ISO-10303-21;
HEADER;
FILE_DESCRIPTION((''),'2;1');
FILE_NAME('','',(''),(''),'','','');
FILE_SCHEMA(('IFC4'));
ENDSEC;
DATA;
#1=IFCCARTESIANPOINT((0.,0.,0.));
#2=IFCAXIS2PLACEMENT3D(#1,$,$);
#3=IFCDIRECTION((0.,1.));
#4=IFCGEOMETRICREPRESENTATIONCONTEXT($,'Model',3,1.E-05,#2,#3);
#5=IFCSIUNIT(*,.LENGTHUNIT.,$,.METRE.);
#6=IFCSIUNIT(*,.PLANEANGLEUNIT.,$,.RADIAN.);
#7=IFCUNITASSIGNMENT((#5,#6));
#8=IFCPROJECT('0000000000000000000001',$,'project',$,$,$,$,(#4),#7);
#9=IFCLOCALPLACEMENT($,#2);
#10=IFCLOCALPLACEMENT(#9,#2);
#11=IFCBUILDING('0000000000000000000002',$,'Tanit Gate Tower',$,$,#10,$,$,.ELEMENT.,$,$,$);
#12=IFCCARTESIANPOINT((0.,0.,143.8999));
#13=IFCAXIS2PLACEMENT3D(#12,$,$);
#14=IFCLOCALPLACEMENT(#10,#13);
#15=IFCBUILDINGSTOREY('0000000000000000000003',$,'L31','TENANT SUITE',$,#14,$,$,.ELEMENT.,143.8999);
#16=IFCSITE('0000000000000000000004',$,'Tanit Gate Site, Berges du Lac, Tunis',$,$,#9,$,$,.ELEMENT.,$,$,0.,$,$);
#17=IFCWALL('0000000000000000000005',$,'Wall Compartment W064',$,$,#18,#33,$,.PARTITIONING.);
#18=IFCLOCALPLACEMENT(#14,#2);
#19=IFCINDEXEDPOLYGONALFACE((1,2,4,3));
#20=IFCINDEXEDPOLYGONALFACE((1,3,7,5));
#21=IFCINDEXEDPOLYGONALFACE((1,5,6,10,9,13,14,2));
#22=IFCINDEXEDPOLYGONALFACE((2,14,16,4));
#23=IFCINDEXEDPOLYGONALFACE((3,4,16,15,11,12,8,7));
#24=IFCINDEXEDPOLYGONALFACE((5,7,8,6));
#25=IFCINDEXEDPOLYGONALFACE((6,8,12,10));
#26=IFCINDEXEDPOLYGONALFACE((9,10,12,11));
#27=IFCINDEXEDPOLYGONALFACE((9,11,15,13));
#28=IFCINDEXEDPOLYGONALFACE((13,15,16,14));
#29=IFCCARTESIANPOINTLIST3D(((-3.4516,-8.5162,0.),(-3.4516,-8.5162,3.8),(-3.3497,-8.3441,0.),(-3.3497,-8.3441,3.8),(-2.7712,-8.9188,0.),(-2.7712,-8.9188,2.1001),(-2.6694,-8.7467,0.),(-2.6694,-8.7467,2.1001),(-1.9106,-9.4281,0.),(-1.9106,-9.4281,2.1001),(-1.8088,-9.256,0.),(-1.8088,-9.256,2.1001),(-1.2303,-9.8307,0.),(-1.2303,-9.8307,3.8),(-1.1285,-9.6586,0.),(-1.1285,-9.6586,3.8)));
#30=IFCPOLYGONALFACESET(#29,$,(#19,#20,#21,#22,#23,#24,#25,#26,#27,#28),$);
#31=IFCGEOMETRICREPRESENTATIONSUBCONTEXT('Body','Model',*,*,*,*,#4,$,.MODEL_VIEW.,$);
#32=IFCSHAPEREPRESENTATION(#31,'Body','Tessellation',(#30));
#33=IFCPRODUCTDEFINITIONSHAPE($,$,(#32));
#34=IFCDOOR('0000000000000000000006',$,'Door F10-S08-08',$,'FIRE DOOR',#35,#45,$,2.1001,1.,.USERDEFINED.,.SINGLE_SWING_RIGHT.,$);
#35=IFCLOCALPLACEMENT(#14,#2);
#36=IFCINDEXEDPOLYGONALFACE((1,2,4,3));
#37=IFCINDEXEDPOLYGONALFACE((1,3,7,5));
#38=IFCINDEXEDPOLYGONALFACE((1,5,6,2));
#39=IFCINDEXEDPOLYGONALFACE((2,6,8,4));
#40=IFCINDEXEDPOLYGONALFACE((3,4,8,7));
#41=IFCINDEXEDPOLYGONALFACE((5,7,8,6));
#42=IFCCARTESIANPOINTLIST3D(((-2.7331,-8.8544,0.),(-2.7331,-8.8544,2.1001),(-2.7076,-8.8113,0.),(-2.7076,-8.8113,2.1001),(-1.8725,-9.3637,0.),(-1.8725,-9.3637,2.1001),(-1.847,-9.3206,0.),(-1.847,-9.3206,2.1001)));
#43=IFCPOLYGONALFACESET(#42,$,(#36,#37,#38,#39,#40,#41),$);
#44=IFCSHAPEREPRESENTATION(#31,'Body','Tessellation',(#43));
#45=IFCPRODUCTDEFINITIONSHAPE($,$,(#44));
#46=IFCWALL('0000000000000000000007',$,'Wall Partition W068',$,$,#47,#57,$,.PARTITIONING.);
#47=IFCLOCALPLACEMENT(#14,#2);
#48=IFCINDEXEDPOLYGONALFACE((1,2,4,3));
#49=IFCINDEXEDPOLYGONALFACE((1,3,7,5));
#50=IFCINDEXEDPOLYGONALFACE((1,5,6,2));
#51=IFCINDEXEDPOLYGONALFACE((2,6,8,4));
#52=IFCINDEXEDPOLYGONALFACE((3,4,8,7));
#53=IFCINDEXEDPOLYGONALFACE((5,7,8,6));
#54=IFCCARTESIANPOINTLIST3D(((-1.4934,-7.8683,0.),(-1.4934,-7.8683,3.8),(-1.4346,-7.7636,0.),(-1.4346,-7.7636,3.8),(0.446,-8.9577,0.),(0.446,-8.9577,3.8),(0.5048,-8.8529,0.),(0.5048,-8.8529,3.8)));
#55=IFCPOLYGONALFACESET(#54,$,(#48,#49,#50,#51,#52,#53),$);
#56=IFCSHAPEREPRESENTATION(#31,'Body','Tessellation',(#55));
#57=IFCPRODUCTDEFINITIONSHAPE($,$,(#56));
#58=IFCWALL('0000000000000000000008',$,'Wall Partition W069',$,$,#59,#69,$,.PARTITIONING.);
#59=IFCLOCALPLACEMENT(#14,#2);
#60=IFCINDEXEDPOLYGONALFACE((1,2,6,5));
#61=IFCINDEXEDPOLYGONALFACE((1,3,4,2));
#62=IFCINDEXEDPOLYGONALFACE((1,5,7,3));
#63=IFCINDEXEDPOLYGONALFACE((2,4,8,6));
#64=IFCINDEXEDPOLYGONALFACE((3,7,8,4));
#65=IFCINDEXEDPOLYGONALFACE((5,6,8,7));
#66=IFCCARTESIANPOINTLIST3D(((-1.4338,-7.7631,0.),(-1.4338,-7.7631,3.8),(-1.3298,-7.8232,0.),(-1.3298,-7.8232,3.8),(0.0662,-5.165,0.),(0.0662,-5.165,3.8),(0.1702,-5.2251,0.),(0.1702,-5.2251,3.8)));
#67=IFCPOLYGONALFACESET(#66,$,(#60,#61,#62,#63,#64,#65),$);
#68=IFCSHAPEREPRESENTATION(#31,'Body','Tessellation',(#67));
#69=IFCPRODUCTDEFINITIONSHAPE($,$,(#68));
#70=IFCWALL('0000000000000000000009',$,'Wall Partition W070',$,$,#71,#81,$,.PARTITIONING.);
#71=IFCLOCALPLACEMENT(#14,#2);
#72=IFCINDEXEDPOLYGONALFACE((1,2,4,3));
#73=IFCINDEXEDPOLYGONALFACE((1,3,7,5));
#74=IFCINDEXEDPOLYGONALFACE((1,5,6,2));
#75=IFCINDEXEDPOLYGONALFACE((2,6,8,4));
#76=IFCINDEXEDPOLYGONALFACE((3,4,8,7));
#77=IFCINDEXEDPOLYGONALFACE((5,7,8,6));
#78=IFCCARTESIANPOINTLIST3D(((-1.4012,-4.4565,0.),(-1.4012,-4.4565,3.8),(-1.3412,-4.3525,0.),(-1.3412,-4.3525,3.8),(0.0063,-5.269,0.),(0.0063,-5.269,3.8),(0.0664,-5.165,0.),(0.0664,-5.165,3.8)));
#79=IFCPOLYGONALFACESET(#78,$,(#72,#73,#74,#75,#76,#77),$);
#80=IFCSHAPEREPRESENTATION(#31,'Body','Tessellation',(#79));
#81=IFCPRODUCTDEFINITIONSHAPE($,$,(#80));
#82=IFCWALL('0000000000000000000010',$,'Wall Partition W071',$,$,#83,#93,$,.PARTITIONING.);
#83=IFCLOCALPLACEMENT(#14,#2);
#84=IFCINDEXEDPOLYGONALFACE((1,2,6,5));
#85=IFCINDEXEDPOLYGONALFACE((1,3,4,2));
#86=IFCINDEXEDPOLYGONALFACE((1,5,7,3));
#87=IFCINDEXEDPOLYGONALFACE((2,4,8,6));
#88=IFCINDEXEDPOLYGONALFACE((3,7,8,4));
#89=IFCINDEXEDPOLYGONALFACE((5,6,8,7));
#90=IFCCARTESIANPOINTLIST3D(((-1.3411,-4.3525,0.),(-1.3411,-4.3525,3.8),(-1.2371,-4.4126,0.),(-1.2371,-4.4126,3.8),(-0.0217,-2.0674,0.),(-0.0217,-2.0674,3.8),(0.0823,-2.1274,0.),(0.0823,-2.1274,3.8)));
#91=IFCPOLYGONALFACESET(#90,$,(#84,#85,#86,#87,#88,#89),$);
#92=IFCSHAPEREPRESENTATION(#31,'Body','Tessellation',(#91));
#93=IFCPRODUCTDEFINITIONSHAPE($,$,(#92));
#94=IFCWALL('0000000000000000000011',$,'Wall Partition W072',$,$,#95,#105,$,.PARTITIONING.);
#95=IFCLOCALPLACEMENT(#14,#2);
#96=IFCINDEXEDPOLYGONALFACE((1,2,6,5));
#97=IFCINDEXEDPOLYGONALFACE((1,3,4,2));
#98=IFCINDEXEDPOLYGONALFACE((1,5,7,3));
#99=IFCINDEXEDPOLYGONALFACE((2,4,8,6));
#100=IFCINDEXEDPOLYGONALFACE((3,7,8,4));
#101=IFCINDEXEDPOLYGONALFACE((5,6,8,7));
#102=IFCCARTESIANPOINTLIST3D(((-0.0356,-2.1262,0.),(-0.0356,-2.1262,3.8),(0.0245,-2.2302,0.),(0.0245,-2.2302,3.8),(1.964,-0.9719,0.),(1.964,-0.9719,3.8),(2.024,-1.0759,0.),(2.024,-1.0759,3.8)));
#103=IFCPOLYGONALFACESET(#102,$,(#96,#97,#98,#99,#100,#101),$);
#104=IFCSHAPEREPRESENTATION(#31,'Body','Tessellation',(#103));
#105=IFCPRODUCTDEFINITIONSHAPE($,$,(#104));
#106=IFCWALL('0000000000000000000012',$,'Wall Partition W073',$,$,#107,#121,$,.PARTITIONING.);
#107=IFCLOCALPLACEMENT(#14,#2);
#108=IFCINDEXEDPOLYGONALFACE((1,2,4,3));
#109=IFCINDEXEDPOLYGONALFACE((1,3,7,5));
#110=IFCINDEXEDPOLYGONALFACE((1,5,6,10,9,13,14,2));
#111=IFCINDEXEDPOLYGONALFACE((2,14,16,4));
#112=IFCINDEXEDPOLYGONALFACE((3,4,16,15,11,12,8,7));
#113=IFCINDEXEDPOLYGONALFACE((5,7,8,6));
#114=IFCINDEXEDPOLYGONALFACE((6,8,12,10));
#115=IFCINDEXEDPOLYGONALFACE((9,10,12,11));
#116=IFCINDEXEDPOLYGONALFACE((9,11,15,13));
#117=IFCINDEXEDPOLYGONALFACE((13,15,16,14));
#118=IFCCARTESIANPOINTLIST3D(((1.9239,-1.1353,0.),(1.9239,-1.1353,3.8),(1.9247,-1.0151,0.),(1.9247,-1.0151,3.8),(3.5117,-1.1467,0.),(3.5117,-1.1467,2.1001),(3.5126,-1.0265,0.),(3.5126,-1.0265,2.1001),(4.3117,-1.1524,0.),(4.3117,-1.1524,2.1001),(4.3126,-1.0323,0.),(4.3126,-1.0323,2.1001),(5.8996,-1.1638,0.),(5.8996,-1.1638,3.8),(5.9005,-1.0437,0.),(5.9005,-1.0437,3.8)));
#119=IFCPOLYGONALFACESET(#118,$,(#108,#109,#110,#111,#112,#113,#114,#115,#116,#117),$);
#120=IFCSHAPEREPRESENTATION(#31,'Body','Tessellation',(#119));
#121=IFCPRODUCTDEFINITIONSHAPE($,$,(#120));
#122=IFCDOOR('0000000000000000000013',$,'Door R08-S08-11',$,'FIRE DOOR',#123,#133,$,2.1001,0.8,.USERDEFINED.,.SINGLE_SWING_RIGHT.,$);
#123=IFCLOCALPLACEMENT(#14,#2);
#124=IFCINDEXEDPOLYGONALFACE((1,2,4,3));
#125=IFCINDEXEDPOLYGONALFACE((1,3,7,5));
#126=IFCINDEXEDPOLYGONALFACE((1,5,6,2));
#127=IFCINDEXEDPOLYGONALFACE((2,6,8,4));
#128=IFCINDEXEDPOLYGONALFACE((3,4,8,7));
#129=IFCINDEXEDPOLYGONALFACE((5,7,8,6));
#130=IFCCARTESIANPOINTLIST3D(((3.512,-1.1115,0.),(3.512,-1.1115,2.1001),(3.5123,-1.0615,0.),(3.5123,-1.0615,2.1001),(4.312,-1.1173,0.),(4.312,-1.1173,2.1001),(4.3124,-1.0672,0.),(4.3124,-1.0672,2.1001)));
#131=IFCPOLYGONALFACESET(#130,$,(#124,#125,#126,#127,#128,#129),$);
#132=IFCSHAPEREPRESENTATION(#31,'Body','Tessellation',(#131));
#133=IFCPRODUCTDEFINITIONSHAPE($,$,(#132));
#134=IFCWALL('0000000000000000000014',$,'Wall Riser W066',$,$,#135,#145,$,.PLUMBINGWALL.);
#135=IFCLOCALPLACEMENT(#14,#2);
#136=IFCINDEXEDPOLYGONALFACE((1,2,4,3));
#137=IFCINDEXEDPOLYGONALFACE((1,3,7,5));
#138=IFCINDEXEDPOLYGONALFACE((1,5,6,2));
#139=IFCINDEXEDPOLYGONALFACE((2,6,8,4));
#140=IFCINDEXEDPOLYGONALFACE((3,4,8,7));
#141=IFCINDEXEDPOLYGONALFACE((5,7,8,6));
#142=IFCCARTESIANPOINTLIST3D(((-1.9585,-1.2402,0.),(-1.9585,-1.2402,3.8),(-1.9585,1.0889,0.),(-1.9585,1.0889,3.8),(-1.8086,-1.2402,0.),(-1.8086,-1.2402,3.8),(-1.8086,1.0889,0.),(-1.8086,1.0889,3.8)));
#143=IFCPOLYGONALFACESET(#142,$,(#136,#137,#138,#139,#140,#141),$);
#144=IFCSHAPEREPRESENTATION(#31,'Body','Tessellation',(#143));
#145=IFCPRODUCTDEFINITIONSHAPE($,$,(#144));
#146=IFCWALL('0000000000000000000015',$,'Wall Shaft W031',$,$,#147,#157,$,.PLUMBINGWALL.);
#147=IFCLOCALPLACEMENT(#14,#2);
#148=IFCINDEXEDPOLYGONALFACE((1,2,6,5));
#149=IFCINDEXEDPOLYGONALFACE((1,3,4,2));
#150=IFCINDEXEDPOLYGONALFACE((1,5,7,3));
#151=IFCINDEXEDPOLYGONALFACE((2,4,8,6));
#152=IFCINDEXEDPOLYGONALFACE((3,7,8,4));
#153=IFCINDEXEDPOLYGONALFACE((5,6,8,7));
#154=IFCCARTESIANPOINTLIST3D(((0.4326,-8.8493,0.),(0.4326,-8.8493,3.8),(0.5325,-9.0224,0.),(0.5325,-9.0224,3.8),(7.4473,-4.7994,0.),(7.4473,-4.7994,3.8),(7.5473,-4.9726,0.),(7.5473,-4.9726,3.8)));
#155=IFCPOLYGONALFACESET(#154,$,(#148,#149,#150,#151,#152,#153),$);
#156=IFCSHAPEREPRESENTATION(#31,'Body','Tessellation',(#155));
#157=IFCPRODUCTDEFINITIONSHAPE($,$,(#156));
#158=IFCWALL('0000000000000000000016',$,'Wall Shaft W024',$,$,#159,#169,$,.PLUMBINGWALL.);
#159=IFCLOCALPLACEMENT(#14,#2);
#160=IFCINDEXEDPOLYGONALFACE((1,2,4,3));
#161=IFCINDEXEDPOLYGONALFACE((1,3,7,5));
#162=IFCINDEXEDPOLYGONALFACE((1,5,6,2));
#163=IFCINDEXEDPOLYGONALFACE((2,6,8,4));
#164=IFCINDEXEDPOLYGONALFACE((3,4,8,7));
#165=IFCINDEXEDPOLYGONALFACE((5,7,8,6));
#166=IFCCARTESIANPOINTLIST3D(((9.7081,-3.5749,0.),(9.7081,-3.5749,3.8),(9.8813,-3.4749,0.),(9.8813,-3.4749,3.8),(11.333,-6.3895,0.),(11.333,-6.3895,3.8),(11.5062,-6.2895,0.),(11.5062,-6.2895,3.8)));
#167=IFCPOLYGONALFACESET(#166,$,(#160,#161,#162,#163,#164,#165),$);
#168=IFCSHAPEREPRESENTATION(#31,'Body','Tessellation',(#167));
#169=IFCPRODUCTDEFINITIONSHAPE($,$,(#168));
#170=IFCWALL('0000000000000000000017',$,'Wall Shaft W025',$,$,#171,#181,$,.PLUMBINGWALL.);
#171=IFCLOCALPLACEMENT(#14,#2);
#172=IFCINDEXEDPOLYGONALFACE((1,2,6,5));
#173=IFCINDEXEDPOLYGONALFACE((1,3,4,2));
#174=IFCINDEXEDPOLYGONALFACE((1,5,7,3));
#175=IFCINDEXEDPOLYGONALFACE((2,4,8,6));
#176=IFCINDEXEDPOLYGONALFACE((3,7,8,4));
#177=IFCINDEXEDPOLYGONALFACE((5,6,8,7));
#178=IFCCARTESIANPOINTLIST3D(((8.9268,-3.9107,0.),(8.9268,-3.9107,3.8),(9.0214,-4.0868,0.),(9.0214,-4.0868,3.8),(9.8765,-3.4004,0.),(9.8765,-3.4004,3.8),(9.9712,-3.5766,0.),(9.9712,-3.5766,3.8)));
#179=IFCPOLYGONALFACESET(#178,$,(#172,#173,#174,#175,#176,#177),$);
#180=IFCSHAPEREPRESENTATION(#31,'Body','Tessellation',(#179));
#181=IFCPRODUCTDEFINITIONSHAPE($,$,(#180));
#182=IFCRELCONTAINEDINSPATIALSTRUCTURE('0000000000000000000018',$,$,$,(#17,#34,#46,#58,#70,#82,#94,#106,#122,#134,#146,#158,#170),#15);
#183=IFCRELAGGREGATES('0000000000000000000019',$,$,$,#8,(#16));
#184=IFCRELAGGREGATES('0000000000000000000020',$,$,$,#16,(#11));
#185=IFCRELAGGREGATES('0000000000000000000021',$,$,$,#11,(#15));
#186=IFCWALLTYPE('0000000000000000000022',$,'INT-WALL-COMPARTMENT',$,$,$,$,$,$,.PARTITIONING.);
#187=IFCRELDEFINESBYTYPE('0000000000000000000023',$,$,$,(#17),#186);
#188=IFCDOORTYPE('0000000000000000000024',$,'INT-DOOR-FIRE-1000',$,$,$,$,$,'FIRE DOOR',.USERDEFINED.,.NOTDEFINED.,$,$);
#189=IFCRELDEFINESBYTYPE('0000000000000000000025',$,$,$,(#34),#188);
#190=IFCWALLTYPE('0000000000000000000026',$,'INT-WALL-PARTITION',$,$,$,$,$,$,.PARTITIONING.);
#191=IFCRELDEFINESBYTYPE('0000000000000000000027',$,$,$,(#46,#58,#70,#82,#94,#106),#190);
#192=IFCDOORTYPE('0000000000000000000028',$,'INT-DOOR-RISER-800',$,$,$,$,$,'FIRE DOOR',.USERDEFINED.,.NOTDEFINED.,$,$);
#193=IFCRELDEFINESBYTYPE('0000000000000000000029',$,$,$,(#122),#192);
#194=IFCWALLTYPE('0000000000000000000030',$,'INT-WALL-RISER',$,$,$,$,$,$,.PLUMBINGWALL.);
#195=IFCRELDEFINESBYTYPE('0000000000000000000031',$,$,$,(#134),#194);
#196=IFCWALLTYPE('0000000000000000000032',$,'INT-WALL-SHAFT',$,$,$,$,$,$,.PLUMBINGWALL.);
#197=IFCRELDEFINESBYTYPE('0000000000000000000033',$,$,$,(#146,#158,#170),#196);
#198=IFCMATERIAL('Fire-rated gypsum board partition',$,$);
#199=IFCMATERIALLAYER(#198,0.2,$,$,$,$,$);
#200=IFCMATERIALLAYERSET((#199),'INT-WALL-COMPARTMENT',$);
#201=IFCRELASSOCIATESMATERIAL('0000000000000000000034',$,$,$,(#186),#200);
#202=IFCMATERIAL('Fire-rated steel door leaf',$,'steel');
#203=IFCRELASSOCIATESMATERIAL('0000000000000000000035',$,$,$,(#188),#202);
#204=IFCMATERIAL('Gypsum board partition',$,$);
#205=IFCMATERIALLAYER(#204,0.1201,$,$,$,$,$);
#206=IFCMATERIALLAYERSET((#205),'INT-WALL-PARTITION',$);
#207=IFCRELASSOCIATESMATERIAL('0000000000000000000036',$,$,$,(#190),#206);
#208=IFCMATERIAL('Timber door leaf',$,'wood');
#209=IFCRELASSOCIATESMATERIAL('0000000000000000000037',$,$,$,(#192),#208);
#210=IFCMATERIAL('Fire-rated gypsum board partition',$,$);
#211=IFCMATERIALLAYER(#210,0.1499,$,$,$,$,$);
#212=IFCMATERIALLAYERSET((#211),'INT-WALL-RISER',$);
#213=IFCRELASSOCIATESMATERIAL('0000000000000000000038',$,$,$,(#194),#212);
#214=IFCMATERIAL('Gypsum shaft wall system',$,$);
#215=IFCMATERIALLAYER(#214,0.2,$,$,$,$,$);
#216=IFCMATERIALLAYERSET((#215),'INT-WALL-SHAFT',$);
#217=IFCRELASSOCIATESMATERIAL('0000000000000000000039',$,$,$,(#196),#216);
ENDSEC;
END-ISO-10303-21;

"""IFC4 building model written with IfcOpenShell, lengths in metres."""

from ifc_helpers import new_model, si_unit, direction, frame, frame_2d, origin, place, context, subcontext, project, spatial, rectangle, extrude, material, layer, layer_set, type_object, element, fill, save


model = new_model("IFC4")

# Units and contexts
model_context = context("Model", 3, precision=1e-05, world=origin(), true_north=direction((0.0, 1.0)))
body_context = subcontext(model_context, "Body", "Model", "MODEL_VIEW")
ifc_project = project(units=[si_unit("LENGTHUNIT", "METRE"), si_unit("PLANEANGLEUNIT", "RADIAN")], contexts=[model_context])

# Site, building, storey
site_placement = place(None, origin())
site = spatial("IfcSite", under=ifc_project, at=site_placement, Name="Tanit Gate Site, Berges du Lac, Tunis", CompositionType="ELEMENT", RefElevation=0.0)
building_placement = place(site_placement, origin())
building = spatial("IfcBuilding", under=site, at=building_placement, Name="Tanit Gate Tower", CompositionType="ELEMENT")
storey_placement = place(building_placement, frame((0.0, 0.0, 143.8999)))
storey = spatial("IfcBuildingStorey", under=building, at=storey_placement, Name="L31", Description="TENANT SUITE", CompositionType="ELEMENT", Elevation=143.8999)

# Shared definitions
ifc_material_1 = material(Name="Fire-rated gypsum board partition")
ifc_layer_1 = layer(ifc_material_1, 0.2)
ifc_layer_set_1 = layer_set([ifc_layer_1], Name="INT-WALL-COMPARTMENT")
wall_type_1 = type_object("IfcWallType", Name="INT-WALL-COMPARTMENT", PredefinedType="PARTITIONING", material=ifc_layer_set_1)

# Wall, opening, door
wall_1_placement = place(storey_placement, frame((-3.4006, -8.4302, 0.0), z_axis=(0.0, 0.0, 1.0), x_axis=(0.860599, -0.509284, 0.0)))
wall_1 = element("IfcWall", 1, at=wall_1_placement, inside=storey, type_object=wall_type_1, Name="Wall Compartment W064", PredefinedType="PARTITIONING", context=body_context, shape_type="SweptSolid", body=[
    extrude(rectangle(XDim=2.5811, YDim=0.2, at=frame_2d((1.2905, 0.0))), origin(), (0.0, 0.0, 1.0), 3.8),
])
opening_1_placement = place(wall_1_placement, frame((0.7905, 0.0, 0.0)))
opening_1 = element("IfcOpeningElement", 2, at=opening_1_placement, cuts=wall_1, PredefinedType="OPENING", context=body_context, shape_type="SweptSolid", body=[
    extrude(rectangle(XDim=1.0, YDim=2.1001, at=frame_2d((0.5, 1.05))), frame((0.0, 0.1099, 0.0), z_axis=(0.0, -1.0, 0.0), x_axis=(1.0, 0.0, 0.0)), (0.0, 0.0, 1.0), 0.22),
])
ifc_material_2 = material(Name="Fire-rated steel door leaf", Category="steel")
door_type_1 = type_object("IfcDoorType", Name="INT-DOOR-FIRE-1000", ElementType="FIRE DOOR", OperationType="NOTDEFINED", PredefinedType="USERDEFINED", material=ifc_material_2)
door_1_placement = place(opening_1_placement, origin())
door_1 = element("IfcDoor", 3, at=door_1_placement, inside=storey, type_object=door_type_1, Name="Door F10-S08-08", ObjectType="FIRE DOOR", OperationType="SINGLE_SWING_RIGHT", OverallHeight=2.1001, OverallWidth=1.0, PredefinedType="USERDEFINED", context=body_context, shape_type="SweptSolid", body=[
    extrude(rectangle(XDim=1.0, YDim=2.1001, at=frame_2d((0.5, 1.05))), frame((0.0, 0.0249, 0.0), z_axis=(0.0, -1.0, 0.0), x_axis=(1.0, 0.0, 0.0)), (0.0, 0.0, 1.0), 0.05),
])
fill(opening_1, door_1)

# Walls
ifc_material_3 = material(Name="Gypsum board partition")
ifc_layer_2 = layer(ifc_material_3, 0.1201)
ifc_layer_set_2 = layer_set([ifc_layer_2], Name="INT-WALL-PARTITION")
wall_type_2 = type_object("IfcWallType", Name="INT-WALL-PARTITION", PredefinedType="PARTITIONING", material=ifc_layer_set_2)
wall_2_placement = place(storey_placement, frame((-1.4641, -7.8159, 0.0), z_axis=(0.0, 0.0, 1.0), x_axis=(0.87188, -0.489719, 0.0)))
element("IfcWall", 4, at=wall_2_placement, inside=storey, type_object=wall_type_2, Name="Wall Partition W068", PredefinedType="PARTITIONING", context=body_context, shape_type="SweptSolid", body=[
    extrude(rectangle(XDim=2.2244, YDim=0.1201, at=frame_2d((1.1123, 0.0))), origin(), (0.0, 0.0, 1.0), 3.8),
])
wall_3_placement = place(storey_placement, frame((0.1182, -5.1951, 0.0), z_axis=(0.0, 0.0, 1.0), x_axis=(-0.49999, -0.866031, 0.0)))
element("IfcWall", 5, at=wall_3_placement, inside=storey, type_object=wall_type_2, Name="Wall Partition W069", PredefinedType="PARTITIONING", context=body_context, shape_type="SweptSolid", body=[
    extrude(rectangle(XDim=3.0, YDim=0.1201, at=frame_2d((1.5, 0.0))), origin(), (0.0, 0.0, 1.0), 3.8),
])
wall_4_placement = place(storey_placement, frame((-1.3711, -4.4045, 0.0), z_axis=(0.0, 0.0, 1.0), x_axis=(0.866053, -0.499952, 0.0)))
element("IfcWall", 6, at=wall_4_placement, inside=storey, type_object=wall_type_2, Name="Wall Partition W070", PredefinedType="PARTITIONING", context=body_context, shape_type="SweptSolid", body=[
    extrude(rectangle(XDim=1.6252, YDim=0.1201, at=frame_2d((0.8125, 0.0))), origin(), (0.0, 0.0, 1.0), 3.8),
])
wall_5_placement = place(storey_placement, frame((0.0303, -2.0974, 0.0), z_axis=(0.0, 0.0, 1.0), x_axis=(-0.5, -0.866025, 0.0)))
element("IfcWall", 7, at=wall_5_placement, inside=storey, type_object=wall_type_2, Name="Wall Partition W071", PredefinedType="PARTITIONING", context=body_context, shape_type="SweptSolid", body=[
    extrude(rectangle(XDim=2.6387, YDim=0.1201, at=frame_2d((1.3193, 0.0))), origin(), (0.0, 0.0, 1.0), 3.8),
])
wall_6_placement = place(storey_placement, frame((1.9939, -1.0239, 0.0), z_axis=(0.0, 0.0, 1.0), x_axis=(-0.866048, -0.49996, 0.0)))
element("IfcWall", 8, at=wall_6_placement, inside=storey, type_object=wall_type_2, Name="Wall Partition W072", PredefinedType="PARTITIONING", context=body_context, shape_type="SweptSolid", body=[
    extrude(rectangle(XDim=2.3088, YDim=0.1201, at=frame_2d((1.1543, 0.0))), origin(), (0.0, 0.0, 1.0), 3.8),
])

# Wall, opening, door
wall_7_placement = place(storey_placement, frame((5.8999, -1.1038, 0.0), z_axis=(0.0, 0.0, 1.0), x_axis=(-0.999974, 0.007184, 0.0)))
wall_7 = element("IfcWall", 9, at=wall_7_placement, inside=storey, type_object=wall_type_2, Name="Wall Partition W073", PredefinedType="PARTITIONING", context=body_context, shape_type="SweptSolid", body=[
    extrude(rectangle(XDim=3.9758, YDim=0.1201, at=frame_2d((1.9878, 0.0))), origin(), (0.0, 0.0, 1.0), 3.8),
])
opening_2_placement = place(wall_7_placement, frame((1.5879, 0.0, 0.0)))
opening_2 = element("IfcOpeningElement", 10, at=opening_2_placement, cuts=wall_7, PredefinedType="OPENING", context=body_context, shape_type="SweptSolid", body=[
    extrude(rectangle(XDim=0.8, YDim=2.1001, at=frame_2d((0.3999, 1.05))), frame((0.0, 0.0701, 0.0), z_axis=(0.0, -1.0, 0.0), x_axis=(1.0, 0.0, 0.0)), (0.0, 0.0, 1.0), 0.1401),
])
ifc_material_4 = material(Name="Timber door leaf", Category="wood")
door_type_2 = type_object("IfcDoorType", Name="INT-DOOR-RISER-800", ElementType="FIRE DOOR", OperationType="NOTDEFINED", PredefinedType="USERDEFINED", material=ifc_material_4)
door_2_placement = place(opening_2_placement, origin())
door_2 = element("IfcDoor", 11, at=door_2_placement, inside=storey, type_object=door_type_2, Name="Door R08-S08-11", ObjectType="FIRE DOOR", OperationType="SINGLE_SWING_RIGHT", OverallHeight=2.1001, OverallWidth=0.8, PredefinedType="USERDEFINED", context=body_context, shape_type="SweptSolid", body=[
    extrude(rectangle(XDim=0.8, YDim=2.1001, at=frame_2d((0.3999, 1.05))), frame((0.0, 0.0249, 0.0), z_axis=(0.0, -1.0, 0.0), x_axis=(1.0, 0.0, 0.0)), (0.0, 0.0, 1.0), 0.05),
])
fill(opening_2, door_2)

# Walls
ifc_material_5 = material(Name="Fire-rated gypsum board partition")
ifc_layer_3 = layer(ifc_material_5, 0.1499)
ifc_layer_set_3 = layer_set([ifc_layer_3], Name="INT-WALL-RISER")
wall_type_3 = type_object("IfcWallType", Name="INT-WALL-RISER", PredefinedType="PLUMBINGWALL", material=ifc_layer_set_3)
wall_8_placement = place(storey_placement, frame((-1.8835, -1.2402, 0.0), z_axis=(0.0, 0.0, 1.0), x_axis=(0.0, 1.0, 0.0)))
element("IfcWall", 12, at=wall_8_placement, inside=storey, type_object=wall_type_3, Name="Wall Riser W066", PredefinedType="PLUMBINGWALL", context=body_context, shape_type="SweptSolid", body=[
    extrude(rectangle(XDim=2.3291, YDim=0.1499, at=frame_2d((1.1646, 0.0))), origin(), (0.0, 0.0, 1.0), 3.8),
])
ifc_material_6 = material(Name="Gypsum shaft wall system")
ifc_layer_4 = layer(ifc_material_6, 0.2)
ifc_layer_set_4 = layer_set([ifc_layer_4], Name="INT-WALL-SHAFT")
wall_type_4 = type_object("IfcWallType", Name="INT-WALL-SHAFT", PredefinedType="PLUMBINGWALL", material=ifc_layer_set_4)
wall_9_placement = place(storey_placement, frame((0.4827, -8.9358, 0.0), z_axis=(0.0, 0.0, 1.0), x_axis=(0.866031, 0.49999, 0.0)))
element("IfcWall", 13, at=wall_9_placement, inside=storey, type_object=wall_type_4, Name="Wall Shaft W031", PredefinedType="PLUMBINGWALL", context=body_context, shape_type="SweptSolid", body=[
    extrude(rectangle(XDim=8.0999, YDim=0.2, at=frame_2d((4.0498, 0.0))), origin(), (0.0, 0.0, 1.0), 3.8),
])
wall_10_placement = place(storey_placement, frame((9.7947, -3.5249, 0.0), z_axis=(0.0, 0.0, 1.0), x_axis=(0.499985, -0.866034, 0.0)))
element("IfcWall", 14, at=wall_10_placement, inside=storey, type_object=wall_type_4, Name="Wall Shaft W024", PredefinedType="PLUMBINGWALL", context=body_context, shape_type="SweptSolid", body=[
    extrude(rectangle(XDim=3.25, YDim=0.2, at=frame_2d((1.625, 0.0))), origin(), (0.0, 0.0, 1.0), 3.8),
])
wall_11_placement = place(storey_placement, frame((8.9741, -3.9988, 0.0), z_axis=(0.0, 0.0, 1.0), x_axis=(0.880907, 0.473289, 0.0)))
element("IfcWall", 15, at=wall_11_placement, inside=storey, type_object=wall_type_4, Name="Wall Shaft W025", PredefinedType="PLUMBINGWALL", context=body_context, shape_type="SweptSolid", body=[
    extrude(rectangle(XDim=1.0781, YDim=0.2, at=frame_2d((0.5391, 0.0))), origin(), (0.0, 0.0, 1.0), 3.8),
])

save(model, "model.ifc")
